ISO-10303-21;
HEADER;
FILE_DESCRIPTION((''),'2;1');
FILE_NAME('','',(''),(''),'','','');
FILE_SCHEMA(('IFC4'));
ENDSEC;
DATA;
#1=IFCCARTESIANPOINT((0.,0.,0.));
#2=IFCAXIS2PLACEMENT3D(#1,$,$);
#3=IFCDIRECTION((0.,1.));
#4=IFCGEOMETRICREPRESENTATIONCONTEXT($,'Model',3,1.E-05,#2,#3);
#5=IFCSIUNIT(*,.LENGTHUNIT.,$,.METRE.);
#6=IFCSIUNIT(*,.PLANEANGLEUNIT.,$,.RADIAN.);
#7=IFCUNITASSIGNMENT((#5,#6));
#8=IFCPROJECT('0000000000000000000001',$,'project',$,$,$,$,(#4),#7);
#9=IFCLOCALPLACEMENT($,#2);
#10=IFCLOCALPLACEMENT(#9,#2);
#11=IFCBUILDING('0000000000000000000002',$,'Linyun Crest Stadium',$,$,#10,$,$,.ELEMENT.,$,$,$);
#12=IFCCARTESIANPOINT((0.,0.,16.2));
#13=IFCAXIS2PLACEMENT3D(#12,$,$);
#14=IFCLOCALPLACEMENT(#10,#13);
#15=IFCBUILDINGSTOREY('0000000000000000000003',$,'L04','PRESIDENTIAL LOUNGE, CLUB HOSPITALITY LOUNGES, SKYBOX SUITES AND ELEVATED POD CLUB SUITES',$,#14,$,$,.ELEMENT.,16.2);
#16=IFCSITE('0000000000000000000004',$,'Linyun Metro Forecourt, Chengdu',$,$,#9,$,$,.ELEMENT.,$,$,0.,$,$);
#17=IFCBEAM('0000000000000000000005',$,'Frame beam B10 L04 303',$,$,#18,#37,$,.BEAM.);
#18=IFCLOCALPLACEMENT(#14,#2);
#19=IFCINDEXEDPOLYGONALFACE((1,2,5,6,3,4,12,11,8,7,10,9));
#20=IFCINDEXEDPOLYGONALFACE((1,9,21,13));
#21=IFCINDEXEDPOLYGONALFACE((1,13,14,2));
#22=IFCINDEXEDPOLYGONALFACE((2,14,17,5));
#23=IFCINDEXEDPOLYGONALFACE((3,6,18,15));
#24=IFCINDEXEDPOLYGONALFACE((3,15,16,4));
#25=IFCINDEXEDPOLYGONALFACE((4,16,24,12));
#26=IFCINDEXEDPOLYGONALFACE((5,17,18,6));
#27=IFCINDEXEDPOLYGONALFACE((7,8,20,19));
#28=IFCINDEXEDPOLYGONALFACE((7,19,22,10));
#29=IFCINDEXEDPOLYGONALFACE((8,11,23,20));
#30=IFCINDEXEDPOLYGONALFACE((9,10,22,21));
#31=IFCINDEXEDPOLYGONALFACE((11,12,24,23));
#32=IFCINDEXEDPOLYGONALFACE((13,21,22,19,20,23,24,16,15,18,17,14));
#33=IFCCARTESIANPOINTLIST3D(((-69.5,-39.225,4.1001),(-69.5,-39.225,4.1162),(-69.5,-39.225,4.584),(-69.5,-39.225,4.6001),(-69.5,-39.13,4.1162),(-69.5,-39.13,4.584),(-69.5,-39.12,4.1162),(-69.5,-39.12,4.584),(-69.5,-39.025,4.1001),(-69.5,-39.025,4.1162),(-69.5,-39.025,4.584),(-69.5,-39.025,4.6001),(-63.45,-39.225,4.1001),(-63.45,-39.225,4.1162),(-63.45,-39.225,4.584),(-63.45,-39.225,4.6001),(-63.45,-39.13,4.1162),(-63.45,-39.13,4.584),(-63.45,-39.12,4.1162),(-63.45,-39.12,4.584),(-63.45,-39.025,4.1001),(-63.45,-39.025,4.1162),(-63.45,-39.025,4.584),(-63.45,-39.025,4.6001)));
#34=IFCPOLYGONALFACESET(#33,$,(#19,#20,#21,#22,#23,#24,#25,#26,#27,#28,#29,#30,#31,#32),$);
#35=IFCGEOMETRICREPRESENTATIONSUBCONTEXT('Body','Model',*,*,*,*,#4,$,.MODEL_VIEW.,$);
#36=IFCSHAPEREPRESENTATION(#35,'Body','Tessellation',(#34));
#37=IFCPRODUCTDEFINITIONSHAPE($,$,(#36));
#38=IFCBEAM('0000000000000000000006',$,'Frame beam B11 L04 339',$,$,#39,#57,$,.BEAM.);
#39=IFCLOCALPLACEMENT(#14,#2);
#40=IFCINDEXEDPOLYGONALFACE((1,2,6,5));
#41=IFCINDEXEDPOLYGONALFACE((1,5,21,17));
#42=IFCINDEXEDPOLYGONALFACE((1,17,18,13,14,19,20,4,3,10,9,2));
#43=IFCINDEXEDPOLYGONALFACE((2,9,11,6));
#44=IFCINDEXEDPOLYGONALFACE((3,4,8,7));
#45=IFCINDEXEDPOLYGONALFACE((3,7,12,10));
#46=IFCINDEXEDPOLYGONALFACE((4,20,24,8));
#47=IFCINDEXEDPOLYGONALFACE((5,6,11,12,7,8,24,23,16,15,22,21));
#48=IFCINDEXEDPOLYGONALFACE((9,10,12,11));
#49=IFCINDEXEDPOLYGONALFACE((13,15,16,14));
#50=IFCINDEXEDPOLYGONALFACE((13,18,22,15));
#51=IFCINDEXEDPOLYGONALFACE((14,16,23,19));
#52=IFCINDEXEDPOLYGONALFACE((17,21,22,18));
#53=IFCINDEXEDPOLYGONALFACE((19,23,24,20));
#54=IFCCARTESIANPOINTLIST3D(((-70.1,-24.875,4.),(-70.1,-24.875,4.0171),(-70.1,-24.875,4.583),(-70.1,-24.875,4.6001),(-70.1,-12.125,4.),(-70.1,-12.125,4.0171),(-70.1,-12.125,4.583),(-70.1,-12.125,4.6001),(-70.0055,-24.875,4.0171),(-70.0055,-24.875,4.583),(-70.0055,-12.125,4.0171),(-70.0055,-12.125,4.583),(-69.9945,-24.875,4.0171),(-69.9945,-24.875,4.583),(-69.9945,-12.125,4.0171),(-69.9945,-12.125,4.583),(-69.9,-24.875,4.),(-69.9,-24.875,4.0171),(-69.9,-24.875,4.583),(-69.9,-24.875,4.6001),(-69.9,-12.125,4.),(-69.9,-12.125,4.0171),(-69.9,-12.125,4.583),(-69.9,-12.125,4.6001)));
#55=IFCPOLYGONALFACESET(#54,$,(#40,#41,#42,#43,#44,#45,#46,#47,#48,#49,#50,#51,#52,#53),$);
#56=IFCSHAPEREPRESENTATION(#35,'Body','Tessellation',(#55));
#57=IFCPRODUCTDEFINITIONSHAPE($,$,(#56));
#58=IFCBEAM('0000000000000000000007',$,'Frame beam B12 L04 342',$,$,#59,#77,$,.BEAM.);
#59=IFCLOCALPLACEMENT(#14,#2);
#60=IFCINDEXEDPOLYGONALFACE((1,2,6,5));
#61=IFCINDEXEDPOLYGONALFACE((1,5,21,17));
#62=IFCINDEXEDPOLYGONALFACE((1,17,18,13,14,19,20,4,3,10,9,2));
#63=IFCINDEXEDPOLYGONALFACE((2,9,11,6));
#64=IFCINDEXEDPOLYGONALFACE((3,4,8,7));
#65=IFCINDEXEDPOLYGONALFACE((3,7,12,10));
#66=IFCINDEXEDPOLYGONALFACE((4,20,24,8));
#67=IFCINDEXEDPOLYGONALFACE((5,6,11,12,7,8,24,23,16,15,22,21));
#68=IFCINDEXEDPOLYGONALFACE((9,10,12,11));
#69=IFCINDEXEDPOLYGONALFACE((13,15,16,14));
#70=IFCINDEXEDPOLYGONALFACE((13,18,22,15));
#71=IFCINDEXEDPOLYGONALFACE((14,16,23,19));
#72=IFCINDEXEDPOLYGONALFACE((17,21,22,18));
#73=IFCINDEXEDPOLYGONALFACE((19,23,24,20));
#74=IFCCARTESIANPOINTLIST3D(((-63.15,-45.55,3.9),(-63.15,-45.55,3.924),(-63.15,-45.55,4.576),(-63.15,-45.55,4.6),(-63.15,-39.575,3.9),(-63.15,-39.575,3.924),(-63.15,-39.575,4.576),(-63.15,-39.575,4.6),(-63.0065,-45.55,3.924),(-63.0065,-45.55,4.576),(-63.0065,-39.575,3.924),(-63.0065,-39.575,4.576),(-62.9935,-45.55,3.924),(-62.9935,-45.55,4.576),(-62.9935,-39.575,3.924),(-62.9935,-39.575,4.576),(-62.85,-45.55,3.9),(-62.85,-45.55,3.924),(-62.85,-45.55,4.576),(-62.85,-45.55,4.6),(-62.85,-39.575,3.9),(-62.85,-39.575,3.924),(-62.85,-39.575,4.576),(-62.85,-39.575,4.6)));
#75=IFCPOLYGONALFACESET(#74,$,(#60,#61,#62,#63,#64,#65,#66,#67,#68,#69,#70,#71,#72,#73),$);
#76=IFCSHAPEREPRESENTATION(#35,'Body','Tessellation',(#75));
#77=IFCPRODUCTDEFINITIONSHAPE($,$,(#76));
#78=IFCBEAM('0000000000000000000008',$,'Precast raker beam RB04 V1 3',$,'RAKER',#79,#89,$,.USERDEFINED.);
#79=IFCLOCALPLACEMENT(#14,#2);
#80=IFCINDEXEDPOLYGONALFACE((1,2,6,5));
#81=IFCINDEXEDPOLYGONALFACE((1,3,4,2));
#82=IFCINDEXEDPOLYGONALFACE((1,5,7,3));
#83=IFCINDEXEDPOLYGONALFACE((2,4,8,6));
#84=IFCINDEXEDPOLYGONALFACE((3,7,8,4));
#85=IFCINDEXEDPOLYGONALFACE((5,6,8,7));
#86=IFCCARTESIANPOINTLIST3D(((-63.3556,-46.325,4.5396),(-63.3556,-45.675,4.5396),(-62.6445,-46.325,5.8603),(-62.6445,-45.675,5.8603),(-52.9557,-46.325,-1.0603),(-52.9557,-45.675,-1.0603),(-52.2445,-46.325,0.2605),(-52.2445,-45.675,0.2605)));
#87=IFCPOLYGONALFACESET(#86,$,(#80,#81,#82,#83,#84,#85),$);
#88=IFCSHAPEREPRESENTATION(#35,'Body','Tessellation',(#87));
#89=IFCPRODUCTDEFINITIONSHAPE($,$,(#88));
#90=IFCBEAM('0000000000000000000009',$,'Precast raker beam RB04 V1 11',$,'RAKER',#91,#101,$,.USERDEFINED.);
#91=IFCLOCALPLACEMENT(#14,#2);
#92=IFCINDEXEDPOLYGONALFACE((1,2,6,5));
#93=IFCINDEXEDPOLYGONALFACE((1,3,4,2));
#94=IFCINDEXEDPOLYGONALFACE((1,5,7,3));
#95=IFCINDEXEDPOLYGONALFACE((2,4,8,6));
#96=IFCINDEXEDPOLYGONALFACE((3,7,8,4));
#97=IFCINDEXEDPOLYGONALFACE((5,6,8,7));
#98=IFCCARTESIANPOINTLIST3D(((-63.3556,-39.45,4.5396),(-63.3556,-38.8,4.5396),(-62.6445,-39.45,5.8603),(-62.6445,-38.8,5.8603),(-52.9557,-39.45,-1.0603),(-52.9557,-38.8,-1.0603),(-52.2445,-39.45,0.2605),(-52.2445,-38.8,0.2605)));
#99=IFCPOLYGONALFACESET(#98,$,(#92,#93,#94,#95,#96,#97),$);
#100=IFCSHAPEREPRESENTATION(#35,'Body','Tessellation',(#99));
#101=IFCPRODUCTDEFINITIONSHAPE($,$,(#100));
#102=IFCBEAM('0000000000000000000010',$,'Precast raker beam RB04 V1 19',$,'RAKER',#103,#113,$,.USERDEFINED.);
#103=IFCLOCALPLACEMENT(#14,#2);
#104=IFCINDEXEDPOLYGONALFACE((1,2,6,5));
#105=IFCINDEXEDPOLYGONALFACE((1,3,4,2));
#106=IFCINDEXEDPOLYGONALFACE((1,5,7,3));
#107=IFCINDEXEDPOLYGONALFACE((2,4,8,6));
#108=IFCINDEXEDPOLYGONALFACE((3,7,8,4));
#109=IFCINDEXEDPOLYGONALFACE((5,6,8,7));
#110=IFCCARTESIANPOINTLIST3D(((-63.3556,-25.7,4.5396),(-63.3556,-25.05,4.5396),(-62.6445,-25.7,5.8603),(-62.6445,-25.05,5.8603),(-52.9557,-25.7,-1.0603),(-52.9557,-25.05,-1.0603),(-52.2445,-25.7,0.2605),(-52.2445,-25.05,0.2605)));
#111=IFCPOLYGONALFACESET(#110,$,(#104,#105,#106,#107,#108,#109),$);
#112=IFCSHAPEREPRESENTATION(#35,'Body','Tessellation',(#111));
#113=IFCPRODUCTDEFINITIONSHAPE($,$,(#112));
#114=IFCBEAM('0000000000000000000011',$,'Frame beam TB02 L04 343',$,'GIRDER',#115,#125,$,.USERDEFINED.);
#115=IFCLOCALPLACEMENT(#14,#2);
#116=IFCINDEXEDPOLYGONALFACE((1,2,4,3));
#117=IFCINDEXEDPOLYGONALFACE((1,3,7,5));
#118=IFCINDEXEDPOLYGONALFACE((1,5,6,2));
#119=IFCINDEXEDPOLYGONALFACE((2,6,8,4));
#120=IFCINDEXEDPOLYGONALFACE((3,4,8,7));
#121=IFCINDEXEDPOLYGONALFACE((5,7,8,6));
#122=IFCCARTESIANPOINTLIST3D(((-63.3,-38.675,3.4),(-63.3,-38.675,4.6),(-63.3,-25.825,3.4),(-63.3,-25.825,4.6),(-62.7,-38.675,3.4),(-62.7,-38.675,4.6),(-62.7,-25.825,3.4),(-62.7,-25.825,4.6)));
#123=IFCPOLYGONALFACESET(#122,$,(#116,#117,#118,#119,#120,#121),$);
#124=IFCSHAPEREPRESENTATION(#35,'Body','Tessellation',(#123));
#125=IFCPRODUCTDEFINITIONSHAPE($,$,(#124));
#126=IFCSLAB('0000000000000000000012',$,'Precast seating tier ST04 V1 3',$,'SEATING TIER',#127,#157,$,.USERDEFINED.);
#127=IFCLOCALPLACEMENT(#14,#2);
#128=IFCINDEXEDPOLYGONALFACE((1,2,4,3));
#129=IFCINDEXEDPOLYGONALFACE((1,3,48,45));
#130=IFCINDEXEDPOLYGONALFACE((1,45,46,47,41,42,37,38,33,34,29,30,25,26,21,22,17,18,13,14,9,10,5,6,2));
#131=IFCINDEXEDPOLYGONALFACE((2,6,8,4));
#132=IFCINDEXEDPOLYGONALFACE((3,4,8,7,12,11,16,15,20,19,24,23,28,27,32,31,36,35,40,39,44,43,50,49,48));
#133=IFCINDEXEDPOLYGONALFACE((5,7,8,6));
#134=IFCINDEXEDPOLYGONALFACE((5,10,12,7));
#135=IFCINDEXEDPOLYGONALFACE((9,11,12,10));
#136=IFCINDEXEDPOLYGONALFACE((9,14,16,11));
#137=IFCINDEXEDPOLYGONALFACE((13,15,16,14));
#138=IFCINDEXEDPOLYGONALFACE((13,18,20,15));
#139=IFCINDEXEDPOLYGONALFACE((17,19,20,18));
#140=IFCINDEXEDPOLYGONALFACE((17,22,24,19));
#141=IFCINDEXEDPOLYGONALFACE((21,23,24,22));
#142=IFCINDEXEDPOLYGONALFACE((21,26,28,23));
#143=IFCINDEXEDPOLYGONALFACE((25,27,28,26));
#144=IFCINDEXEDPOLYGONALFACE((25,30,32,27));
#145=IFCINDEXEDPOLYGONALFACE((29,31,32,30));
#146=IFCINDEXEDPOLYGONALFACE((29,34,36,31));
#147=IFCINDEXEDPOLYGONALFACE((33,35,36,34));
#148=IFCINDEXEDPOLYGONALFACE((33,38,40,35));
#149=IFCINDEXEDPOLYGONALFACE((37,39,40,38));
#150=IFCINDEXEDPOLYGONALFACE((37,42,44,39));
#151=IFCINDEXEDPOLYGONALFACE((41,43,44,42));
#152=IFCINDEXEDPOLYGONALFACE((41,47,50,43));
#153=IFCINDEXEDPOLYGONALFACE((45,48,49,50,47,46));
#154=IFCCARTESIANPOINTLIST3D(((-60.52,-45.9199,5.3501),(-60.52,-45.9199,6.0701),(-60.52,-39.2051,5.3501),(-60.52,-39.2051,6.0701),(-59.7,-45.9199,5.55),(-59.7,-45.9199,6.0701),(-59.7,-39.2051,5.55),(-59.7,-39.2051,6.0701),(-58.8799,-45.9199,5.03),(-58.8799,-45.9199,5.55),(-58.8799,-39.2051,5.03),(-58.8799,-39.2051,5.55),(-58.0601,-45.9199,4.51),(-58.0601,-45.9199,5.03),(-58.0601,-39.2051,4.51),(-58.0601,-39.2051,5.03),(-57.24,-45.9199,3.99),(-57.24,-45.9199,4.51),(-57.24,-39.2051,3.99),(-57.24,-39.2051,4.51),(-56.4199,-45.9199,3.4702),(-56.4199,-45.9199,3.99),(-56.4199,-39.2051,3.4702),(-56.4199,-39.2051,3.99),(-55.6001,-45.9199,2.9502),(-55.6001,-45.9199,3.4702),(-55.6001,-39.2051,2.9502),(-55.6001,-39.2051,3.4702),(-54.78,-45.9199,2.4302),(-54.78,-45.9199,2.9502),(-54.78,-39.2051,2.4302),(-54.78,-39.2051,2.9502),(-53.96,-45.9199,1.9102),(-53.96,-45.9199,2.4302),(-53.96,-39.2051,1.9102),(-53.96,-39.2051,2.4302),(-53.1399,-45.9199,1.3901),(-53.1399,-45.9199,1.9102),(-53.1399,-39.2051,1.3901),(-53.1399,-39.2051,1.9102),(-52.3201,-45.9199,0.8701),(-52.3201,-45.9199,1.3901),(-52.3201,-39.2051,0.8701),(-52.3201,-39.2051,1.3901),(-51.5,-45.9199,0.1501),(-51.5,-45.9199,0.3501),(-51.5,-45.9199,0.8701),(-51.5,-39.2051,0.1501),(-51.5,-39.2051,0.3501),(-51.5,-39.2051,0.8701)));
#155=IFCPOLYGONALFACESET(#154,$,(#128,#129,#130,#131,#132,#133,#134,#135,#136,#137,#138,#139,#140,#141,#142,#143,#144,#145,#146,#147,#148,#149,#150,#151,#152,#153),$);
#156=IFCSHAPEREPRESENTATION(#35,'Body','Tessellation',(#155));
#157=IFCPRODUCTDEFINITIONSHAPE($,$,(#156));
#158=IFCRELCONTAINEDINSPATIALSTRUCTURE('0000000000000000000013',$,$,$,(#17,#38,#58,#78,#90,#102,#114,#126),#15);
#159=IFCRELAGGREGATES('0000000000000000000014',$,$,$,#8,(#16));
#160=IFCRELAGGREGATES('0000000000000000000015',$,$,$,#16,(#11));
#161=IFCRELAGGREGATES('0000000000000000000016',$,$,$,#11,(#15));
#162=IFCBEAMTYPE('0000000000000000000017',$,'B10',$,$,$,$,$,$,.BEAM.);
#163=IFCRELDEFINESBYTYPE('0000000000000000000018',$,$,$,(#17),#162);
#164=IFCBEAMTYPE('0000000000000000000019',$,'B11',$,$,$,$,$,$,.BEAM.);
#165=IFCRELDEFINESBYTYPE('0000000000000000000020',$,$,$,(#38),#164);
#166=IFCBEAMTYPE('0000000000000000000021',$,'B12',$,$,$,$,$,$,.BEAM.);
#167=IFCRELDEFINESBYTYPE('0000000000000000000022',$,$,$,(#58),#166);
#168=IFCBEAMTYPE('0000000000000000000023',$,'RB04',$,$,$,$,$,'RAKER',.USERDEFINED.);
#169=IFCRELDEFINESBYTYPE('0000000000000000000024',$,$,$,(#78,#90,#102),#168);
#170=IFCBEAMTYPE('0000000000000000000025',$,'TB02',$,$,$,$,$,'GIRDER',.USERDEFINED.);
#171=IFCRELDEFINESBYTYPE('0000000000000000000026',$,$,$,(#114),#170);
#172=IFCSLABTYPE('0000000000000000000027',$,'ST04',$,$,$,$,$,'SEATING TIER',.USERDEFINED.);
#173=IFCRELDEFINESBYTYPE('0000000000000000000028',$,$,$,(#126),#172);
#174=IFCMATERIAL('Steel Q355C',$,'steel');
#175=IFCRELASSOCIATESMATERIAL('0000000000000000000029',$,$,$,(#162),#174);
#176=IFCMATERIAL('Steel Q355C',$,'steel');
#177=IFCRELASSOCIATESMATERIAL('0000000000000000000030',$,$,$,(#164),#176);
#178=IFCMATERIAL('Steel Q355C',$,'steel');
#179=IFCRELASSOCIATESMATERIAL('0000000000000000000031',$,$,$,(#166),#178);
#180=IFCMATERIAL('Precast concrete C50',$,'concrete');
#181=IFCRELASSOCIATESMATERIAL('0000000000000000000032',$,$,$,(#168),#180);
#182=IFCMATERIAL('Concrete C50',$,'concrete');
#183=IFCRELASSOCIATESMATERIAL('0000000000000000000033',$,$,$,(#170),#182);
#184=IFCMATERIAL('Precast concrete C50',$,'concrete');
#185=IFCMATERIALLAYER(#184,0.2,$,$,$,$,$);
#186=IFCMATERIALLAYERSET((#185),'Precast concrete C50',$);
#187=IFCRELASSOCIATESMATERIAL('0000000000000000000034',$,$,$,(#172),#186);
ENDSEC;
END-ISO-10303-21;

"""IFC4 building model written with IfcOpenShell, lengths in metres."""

from ifc_helpers import new_model, si_unit, direction, frame, origin, origin_2d, place, context, subcontext, project, spatial, polyline, rectangle, i_section, outline, extrude, material, layer, layer_set, material_profile, profile_set, type_object, element, save


model = new_model("IFC4")

# Units and contexts
model_context = context("Model", 3, precision=1e-05, world=origin(), true_north=direction((0.0, 1.0)))
body_context = subcontext(model_context, "Body", "Model", "MODEL_VIEW")
ifc_project = project(units=[si_unit("LENGTHUNIT", "METRE"), si_unit("PLANEANGLEUNIT", "RADIAN")], contexts=[model_context])

# Site, building, storey
site_placement = place(None, origin())
site = spatial("IfcSite", under=ifc_project, at=site_placement, Name="Linyun Metro Forecourt, Chengdu", CompositionType="ELEMENT", RefElevation=0.0)
building_placement = place(site_placement, origin())
building = spatial("IfcBuilding", under=site, at=building_placement, Name="Linyun Crest Stadium", CompositionType="ELEMENT")
storey_placement = place(building_placement, frame((0.0, 0.0, 16.2)))
storey = spatial("IfcBuildingStorey", under=building, at=storey_placement, Name="L04", Description="PRESIDENTIAL LOUNGE, CLUB HOSPITALITY LOUNGES, SKYBOX SUITES AND ELEVATED POD CLUB SUITES", CompositionType="ELEMENT", Elevation=16.2)

# Beams
ifc_material_1 = material(Name="Steel Q355C", Category="steel")
ifc_material_profile_1 = material_profile(ifc_material_1, i_section(OverallWidth=0.2, OverallDepth=0.5, WebThickness=0.01, FlangeThickness=0.0161, at=origin_2d()), Name="HN 500x200")
ifc_profile_set_1 = profile_set([ifc_material_profile_1], Name="Steel Q355C")
beam_type_1 = type_object("IfcBeamType", Name="B10", PredefinedType="BEAM", material=ifc_profile_set_1)
beam_1_placement = place(storey_placement, frame((-69.5, -39.125, 4.3501), z_axis=(1.0, 0.0, 0.0), x_axis=(0.0, 1.0, 0.0)))
element("IfcBeam", 1, at=beam_1_placement, inside=storey, type_object=beam_type_1, Name="Frame beam B10 L04 303", PredefinedType="BEAM", context=body_context, shape_type="SweptSolid", body=[
    extrude(i_section(OverallWidth=0.2, OverallDepth=0.5, WebThickness=0.01, FlangeThickness=0.0161, at=origin_2d()), origin(), (0.0, 0.0, 1.0), 6.05),
])
ifc_material_2 = material(Name="Steel Q355C", Category="steel")
ifc_material_profile_2 = material_profile(ifc_material_2, i_section(OverallWidth=0.2, OverallDepth=0.6001, WebThickness=0.011, FlangeThickness=0.0171, at=origin_2d()), Name="HN 600x200")
ifc_profile_set_2 = profile_set([ifc_material_profile_2], Name="Steel Q355C")
beam_type_2 = type_object("IfcBeamType", Name="B11", PredefinedType="BEAM", material=ifc_profile_set_2)
beam_2_placement = place(storey_placement, frame((-70.0, -24.875, 4.3), z_axis=(0.0, 1.0, 0.0), x_axis=(-1.0, 0.0, 0.0)))
element("IfcBeam", 2, at=beam_2_placement, inside=storey, type_object=beam_type_2, Name="Frame beam B11 L04 339", PredefinedType="BEAM", context=body_context, shape_type="SweptSolid", body=[
    extrude(i_section(OverallWidth=0.2, OverallDepth=0.6001, WebThickness=0.011, FlangeThickness=0.0171, at=origin_2d()), origin(), (0.0, 0.0, 1.0), 12.75),
])
ifc_material_3 = material(Name="Steel Q355C", Category="steel")
ifc_material_profile_3 = material_profile(ifc_material_3, i_section(OverallWidth=0.3, OverallDepth=0.7, WebThickness=0.0129, FlangeThickness=0.0239, at=origin_2d()), Name="HN 700x300")
ifc_profile_set_3 = profile_set([ifc_material_profile_3], Name="Steel Q355C")
beam_type_3 = type_object("IfcBeamType", Name="B12", PredefinedType="BEAM", material=ifc_profile_set_3)
beam_3_placement = place(storey_placement, frame((-63.0, -45.55, 4.25), z_axis=(0.0, 1.0, 0.0), x_axis=(-1.0, 0.0, 0.0)))
element("IfcBeam", 3, at=beam_3_placement, inside=storey, type_object=beam_type_3, Name="Frame beam B12 L04 342", PredefinedType="BEAM", context=body_context, shape_type="SweptSolid", body=[
    extrude(i_section(OverallWidth=0.3, OverallDepth=0.7, WebThickness=0.0129, FlangeThickness=0.0239, at=origin_2d()), origin(), (0.0, 0.0, 1.0), 5.9751),
])
ifc_material_4 = material(Name="Precast concrete C50", Category="concrete")
ifc_material_profile_4 = material_profile(ifc_material_4, rectangle(XDim=0.6499, YDim=1.5, at=origin_2d()), Name="PCR 1500x650")
ifc_profile_set_4 = profile_set([ifc_material_profile_4], Name="Precast concrete C50")
beam_type_4 = type_object("IfcBeamType", Name="RB04", ElementType="RAKER", PredefinedType="USERDEFINED", material=ifc_profile_set_4)
for number, where, z_axis, x_axis, name in (
    (4, (-52.6001, -46.0, -0.3999), (-0.880474, 0.0, 0.474094), (0.0, -1.0, 0.0), "Precast raker beam RB04 V1 3"),
    (5, (-52.6001, -39.125, -0.3999), (-0.880474, 0.0, 0.474094), (0.0, -1.0, 0.0), "Precast raker beam RB04 V1 11"),
    (6, (-52.6001, -25.375, -0.3999), (-0.880474, 0.0, 0.474094), (0.0, -1.0, 0.0), "Precast raker beam RB04 V1 19"),
):
    element("IfcBeam", number, at=place(storey_placement, frame(where, z_axis=z_axis, x_axis=x_axis)), inside=storey, type_object=beam_type_4, Name=name, ObjectType="RAKER", PredefinedType="USERDEFINED", context=body_context, shape_type="SweptSolid", body=[
        extrude(rectangle(XDim=0.6499, YDim=1.5, at=origin_2d()), origin(), (0.0, 0.0, 1.0), 11.8118),
    ])
ifc_material_5 = material(Name="Concrete C50", Category="concrete")
ifc_material_profile_5 = material_profile(ifc_material_5, rectangle(XDim=0.6001, YDim=1.2, at=origin_2d()), Name="RCB 1200x600")
ifc_profile_set_5 = profile_set([ifc_material_profile_5], Name="Concrete C50")
beam_type_5 = type_object("IfcBeamType", Name="TB02", ElementType="GIRDER", PredefinedType="USERDEFINED", material=ifc_profile_set_5)
beam_4_placement = place(storey_placement, frame((-63.0, -38.675, 4.0), z_axis=(0.0, 1.0, 0.0), x_axis=(-1.0, 0.0, 0.0)))
element("IfcBeam", 7, at=beam_4_placement, inside=storey, type_object=beam_type_5, Name="Frame beam TB02 L04 343", ObjectType="GIRDER", PredefinedType="USERDEFINED", context=body_context, shape_type="SweptSolid", body=[
    extrude(rectangle(XDim=0.6001, YDim=1.2, at=origin_2d()), origin(), (0.0, 0.0, 1.0), 12.8501),
])

# Slab
ifc_material_6 = material(Name="Precast concrete C50", Category="concrete")
ifc_layer_1 = layer(ifc_material_6, 0.2)
ifc_layer_set_1 = layer_set([ifc_layer_1], Name="Precast concrete C50")
slab_type = type_object("IfcSlabType", Name="ST04", ElementType="SEATING TIER", PredefinedType="USERDEFINED", material=ifc_layer_set_1)
slab_placement = place(storey_placement, frame((-51.5, -45.9199, 0.3501), z_axis=(0.0, 0.0, 1.0), x_axis=(-1.0, 0.0, 0.0)))
element("IfcSlab", 8, at=slab_placement, inside=storey, type_object=slab_type, Name="Precast seating tier ST04 V1 3", ObjectType="SEATING TIER", PredefinedType="USERDEFINED", context=body_context, shape_type="SweptSolid", body=[
    extrude(outline(polyline([(0.0, 0.0), (0.0, 0.52), (0.8201, 0.52), (0.8201, 1.04), (1.6399, 1.04), (1.6399, 1.5601), (2.46, 1.5601), (2.46, 2.0801), (3.28, 2.0801), (3.28, 2.6001), (4.1001, 2.6001), (4.1001, 3.1201), (4.9199, 3.1201), (4.9199, 3.6399), (5.74, 3.6399), (5.74, 4.1599), (6.5601, 4.1599), (6.5601, 4.6799), (7.3799, 4.6799), (7.3799, 5.2), (8.2, 5.2), (8.2, 5.72), (9.02, 5.72), (9.02, 5.0), (0.0, -0.2), (0.0, 0.0)])), frame((0.0, 0.0, 0.0), z_axis=(0.0, -1.0, 0.0), x_axis=(1.0, 0.0, 0.0)), (0.0, 0.0, 1.0), 6.7148),
])

save(model, "model.ifc")
